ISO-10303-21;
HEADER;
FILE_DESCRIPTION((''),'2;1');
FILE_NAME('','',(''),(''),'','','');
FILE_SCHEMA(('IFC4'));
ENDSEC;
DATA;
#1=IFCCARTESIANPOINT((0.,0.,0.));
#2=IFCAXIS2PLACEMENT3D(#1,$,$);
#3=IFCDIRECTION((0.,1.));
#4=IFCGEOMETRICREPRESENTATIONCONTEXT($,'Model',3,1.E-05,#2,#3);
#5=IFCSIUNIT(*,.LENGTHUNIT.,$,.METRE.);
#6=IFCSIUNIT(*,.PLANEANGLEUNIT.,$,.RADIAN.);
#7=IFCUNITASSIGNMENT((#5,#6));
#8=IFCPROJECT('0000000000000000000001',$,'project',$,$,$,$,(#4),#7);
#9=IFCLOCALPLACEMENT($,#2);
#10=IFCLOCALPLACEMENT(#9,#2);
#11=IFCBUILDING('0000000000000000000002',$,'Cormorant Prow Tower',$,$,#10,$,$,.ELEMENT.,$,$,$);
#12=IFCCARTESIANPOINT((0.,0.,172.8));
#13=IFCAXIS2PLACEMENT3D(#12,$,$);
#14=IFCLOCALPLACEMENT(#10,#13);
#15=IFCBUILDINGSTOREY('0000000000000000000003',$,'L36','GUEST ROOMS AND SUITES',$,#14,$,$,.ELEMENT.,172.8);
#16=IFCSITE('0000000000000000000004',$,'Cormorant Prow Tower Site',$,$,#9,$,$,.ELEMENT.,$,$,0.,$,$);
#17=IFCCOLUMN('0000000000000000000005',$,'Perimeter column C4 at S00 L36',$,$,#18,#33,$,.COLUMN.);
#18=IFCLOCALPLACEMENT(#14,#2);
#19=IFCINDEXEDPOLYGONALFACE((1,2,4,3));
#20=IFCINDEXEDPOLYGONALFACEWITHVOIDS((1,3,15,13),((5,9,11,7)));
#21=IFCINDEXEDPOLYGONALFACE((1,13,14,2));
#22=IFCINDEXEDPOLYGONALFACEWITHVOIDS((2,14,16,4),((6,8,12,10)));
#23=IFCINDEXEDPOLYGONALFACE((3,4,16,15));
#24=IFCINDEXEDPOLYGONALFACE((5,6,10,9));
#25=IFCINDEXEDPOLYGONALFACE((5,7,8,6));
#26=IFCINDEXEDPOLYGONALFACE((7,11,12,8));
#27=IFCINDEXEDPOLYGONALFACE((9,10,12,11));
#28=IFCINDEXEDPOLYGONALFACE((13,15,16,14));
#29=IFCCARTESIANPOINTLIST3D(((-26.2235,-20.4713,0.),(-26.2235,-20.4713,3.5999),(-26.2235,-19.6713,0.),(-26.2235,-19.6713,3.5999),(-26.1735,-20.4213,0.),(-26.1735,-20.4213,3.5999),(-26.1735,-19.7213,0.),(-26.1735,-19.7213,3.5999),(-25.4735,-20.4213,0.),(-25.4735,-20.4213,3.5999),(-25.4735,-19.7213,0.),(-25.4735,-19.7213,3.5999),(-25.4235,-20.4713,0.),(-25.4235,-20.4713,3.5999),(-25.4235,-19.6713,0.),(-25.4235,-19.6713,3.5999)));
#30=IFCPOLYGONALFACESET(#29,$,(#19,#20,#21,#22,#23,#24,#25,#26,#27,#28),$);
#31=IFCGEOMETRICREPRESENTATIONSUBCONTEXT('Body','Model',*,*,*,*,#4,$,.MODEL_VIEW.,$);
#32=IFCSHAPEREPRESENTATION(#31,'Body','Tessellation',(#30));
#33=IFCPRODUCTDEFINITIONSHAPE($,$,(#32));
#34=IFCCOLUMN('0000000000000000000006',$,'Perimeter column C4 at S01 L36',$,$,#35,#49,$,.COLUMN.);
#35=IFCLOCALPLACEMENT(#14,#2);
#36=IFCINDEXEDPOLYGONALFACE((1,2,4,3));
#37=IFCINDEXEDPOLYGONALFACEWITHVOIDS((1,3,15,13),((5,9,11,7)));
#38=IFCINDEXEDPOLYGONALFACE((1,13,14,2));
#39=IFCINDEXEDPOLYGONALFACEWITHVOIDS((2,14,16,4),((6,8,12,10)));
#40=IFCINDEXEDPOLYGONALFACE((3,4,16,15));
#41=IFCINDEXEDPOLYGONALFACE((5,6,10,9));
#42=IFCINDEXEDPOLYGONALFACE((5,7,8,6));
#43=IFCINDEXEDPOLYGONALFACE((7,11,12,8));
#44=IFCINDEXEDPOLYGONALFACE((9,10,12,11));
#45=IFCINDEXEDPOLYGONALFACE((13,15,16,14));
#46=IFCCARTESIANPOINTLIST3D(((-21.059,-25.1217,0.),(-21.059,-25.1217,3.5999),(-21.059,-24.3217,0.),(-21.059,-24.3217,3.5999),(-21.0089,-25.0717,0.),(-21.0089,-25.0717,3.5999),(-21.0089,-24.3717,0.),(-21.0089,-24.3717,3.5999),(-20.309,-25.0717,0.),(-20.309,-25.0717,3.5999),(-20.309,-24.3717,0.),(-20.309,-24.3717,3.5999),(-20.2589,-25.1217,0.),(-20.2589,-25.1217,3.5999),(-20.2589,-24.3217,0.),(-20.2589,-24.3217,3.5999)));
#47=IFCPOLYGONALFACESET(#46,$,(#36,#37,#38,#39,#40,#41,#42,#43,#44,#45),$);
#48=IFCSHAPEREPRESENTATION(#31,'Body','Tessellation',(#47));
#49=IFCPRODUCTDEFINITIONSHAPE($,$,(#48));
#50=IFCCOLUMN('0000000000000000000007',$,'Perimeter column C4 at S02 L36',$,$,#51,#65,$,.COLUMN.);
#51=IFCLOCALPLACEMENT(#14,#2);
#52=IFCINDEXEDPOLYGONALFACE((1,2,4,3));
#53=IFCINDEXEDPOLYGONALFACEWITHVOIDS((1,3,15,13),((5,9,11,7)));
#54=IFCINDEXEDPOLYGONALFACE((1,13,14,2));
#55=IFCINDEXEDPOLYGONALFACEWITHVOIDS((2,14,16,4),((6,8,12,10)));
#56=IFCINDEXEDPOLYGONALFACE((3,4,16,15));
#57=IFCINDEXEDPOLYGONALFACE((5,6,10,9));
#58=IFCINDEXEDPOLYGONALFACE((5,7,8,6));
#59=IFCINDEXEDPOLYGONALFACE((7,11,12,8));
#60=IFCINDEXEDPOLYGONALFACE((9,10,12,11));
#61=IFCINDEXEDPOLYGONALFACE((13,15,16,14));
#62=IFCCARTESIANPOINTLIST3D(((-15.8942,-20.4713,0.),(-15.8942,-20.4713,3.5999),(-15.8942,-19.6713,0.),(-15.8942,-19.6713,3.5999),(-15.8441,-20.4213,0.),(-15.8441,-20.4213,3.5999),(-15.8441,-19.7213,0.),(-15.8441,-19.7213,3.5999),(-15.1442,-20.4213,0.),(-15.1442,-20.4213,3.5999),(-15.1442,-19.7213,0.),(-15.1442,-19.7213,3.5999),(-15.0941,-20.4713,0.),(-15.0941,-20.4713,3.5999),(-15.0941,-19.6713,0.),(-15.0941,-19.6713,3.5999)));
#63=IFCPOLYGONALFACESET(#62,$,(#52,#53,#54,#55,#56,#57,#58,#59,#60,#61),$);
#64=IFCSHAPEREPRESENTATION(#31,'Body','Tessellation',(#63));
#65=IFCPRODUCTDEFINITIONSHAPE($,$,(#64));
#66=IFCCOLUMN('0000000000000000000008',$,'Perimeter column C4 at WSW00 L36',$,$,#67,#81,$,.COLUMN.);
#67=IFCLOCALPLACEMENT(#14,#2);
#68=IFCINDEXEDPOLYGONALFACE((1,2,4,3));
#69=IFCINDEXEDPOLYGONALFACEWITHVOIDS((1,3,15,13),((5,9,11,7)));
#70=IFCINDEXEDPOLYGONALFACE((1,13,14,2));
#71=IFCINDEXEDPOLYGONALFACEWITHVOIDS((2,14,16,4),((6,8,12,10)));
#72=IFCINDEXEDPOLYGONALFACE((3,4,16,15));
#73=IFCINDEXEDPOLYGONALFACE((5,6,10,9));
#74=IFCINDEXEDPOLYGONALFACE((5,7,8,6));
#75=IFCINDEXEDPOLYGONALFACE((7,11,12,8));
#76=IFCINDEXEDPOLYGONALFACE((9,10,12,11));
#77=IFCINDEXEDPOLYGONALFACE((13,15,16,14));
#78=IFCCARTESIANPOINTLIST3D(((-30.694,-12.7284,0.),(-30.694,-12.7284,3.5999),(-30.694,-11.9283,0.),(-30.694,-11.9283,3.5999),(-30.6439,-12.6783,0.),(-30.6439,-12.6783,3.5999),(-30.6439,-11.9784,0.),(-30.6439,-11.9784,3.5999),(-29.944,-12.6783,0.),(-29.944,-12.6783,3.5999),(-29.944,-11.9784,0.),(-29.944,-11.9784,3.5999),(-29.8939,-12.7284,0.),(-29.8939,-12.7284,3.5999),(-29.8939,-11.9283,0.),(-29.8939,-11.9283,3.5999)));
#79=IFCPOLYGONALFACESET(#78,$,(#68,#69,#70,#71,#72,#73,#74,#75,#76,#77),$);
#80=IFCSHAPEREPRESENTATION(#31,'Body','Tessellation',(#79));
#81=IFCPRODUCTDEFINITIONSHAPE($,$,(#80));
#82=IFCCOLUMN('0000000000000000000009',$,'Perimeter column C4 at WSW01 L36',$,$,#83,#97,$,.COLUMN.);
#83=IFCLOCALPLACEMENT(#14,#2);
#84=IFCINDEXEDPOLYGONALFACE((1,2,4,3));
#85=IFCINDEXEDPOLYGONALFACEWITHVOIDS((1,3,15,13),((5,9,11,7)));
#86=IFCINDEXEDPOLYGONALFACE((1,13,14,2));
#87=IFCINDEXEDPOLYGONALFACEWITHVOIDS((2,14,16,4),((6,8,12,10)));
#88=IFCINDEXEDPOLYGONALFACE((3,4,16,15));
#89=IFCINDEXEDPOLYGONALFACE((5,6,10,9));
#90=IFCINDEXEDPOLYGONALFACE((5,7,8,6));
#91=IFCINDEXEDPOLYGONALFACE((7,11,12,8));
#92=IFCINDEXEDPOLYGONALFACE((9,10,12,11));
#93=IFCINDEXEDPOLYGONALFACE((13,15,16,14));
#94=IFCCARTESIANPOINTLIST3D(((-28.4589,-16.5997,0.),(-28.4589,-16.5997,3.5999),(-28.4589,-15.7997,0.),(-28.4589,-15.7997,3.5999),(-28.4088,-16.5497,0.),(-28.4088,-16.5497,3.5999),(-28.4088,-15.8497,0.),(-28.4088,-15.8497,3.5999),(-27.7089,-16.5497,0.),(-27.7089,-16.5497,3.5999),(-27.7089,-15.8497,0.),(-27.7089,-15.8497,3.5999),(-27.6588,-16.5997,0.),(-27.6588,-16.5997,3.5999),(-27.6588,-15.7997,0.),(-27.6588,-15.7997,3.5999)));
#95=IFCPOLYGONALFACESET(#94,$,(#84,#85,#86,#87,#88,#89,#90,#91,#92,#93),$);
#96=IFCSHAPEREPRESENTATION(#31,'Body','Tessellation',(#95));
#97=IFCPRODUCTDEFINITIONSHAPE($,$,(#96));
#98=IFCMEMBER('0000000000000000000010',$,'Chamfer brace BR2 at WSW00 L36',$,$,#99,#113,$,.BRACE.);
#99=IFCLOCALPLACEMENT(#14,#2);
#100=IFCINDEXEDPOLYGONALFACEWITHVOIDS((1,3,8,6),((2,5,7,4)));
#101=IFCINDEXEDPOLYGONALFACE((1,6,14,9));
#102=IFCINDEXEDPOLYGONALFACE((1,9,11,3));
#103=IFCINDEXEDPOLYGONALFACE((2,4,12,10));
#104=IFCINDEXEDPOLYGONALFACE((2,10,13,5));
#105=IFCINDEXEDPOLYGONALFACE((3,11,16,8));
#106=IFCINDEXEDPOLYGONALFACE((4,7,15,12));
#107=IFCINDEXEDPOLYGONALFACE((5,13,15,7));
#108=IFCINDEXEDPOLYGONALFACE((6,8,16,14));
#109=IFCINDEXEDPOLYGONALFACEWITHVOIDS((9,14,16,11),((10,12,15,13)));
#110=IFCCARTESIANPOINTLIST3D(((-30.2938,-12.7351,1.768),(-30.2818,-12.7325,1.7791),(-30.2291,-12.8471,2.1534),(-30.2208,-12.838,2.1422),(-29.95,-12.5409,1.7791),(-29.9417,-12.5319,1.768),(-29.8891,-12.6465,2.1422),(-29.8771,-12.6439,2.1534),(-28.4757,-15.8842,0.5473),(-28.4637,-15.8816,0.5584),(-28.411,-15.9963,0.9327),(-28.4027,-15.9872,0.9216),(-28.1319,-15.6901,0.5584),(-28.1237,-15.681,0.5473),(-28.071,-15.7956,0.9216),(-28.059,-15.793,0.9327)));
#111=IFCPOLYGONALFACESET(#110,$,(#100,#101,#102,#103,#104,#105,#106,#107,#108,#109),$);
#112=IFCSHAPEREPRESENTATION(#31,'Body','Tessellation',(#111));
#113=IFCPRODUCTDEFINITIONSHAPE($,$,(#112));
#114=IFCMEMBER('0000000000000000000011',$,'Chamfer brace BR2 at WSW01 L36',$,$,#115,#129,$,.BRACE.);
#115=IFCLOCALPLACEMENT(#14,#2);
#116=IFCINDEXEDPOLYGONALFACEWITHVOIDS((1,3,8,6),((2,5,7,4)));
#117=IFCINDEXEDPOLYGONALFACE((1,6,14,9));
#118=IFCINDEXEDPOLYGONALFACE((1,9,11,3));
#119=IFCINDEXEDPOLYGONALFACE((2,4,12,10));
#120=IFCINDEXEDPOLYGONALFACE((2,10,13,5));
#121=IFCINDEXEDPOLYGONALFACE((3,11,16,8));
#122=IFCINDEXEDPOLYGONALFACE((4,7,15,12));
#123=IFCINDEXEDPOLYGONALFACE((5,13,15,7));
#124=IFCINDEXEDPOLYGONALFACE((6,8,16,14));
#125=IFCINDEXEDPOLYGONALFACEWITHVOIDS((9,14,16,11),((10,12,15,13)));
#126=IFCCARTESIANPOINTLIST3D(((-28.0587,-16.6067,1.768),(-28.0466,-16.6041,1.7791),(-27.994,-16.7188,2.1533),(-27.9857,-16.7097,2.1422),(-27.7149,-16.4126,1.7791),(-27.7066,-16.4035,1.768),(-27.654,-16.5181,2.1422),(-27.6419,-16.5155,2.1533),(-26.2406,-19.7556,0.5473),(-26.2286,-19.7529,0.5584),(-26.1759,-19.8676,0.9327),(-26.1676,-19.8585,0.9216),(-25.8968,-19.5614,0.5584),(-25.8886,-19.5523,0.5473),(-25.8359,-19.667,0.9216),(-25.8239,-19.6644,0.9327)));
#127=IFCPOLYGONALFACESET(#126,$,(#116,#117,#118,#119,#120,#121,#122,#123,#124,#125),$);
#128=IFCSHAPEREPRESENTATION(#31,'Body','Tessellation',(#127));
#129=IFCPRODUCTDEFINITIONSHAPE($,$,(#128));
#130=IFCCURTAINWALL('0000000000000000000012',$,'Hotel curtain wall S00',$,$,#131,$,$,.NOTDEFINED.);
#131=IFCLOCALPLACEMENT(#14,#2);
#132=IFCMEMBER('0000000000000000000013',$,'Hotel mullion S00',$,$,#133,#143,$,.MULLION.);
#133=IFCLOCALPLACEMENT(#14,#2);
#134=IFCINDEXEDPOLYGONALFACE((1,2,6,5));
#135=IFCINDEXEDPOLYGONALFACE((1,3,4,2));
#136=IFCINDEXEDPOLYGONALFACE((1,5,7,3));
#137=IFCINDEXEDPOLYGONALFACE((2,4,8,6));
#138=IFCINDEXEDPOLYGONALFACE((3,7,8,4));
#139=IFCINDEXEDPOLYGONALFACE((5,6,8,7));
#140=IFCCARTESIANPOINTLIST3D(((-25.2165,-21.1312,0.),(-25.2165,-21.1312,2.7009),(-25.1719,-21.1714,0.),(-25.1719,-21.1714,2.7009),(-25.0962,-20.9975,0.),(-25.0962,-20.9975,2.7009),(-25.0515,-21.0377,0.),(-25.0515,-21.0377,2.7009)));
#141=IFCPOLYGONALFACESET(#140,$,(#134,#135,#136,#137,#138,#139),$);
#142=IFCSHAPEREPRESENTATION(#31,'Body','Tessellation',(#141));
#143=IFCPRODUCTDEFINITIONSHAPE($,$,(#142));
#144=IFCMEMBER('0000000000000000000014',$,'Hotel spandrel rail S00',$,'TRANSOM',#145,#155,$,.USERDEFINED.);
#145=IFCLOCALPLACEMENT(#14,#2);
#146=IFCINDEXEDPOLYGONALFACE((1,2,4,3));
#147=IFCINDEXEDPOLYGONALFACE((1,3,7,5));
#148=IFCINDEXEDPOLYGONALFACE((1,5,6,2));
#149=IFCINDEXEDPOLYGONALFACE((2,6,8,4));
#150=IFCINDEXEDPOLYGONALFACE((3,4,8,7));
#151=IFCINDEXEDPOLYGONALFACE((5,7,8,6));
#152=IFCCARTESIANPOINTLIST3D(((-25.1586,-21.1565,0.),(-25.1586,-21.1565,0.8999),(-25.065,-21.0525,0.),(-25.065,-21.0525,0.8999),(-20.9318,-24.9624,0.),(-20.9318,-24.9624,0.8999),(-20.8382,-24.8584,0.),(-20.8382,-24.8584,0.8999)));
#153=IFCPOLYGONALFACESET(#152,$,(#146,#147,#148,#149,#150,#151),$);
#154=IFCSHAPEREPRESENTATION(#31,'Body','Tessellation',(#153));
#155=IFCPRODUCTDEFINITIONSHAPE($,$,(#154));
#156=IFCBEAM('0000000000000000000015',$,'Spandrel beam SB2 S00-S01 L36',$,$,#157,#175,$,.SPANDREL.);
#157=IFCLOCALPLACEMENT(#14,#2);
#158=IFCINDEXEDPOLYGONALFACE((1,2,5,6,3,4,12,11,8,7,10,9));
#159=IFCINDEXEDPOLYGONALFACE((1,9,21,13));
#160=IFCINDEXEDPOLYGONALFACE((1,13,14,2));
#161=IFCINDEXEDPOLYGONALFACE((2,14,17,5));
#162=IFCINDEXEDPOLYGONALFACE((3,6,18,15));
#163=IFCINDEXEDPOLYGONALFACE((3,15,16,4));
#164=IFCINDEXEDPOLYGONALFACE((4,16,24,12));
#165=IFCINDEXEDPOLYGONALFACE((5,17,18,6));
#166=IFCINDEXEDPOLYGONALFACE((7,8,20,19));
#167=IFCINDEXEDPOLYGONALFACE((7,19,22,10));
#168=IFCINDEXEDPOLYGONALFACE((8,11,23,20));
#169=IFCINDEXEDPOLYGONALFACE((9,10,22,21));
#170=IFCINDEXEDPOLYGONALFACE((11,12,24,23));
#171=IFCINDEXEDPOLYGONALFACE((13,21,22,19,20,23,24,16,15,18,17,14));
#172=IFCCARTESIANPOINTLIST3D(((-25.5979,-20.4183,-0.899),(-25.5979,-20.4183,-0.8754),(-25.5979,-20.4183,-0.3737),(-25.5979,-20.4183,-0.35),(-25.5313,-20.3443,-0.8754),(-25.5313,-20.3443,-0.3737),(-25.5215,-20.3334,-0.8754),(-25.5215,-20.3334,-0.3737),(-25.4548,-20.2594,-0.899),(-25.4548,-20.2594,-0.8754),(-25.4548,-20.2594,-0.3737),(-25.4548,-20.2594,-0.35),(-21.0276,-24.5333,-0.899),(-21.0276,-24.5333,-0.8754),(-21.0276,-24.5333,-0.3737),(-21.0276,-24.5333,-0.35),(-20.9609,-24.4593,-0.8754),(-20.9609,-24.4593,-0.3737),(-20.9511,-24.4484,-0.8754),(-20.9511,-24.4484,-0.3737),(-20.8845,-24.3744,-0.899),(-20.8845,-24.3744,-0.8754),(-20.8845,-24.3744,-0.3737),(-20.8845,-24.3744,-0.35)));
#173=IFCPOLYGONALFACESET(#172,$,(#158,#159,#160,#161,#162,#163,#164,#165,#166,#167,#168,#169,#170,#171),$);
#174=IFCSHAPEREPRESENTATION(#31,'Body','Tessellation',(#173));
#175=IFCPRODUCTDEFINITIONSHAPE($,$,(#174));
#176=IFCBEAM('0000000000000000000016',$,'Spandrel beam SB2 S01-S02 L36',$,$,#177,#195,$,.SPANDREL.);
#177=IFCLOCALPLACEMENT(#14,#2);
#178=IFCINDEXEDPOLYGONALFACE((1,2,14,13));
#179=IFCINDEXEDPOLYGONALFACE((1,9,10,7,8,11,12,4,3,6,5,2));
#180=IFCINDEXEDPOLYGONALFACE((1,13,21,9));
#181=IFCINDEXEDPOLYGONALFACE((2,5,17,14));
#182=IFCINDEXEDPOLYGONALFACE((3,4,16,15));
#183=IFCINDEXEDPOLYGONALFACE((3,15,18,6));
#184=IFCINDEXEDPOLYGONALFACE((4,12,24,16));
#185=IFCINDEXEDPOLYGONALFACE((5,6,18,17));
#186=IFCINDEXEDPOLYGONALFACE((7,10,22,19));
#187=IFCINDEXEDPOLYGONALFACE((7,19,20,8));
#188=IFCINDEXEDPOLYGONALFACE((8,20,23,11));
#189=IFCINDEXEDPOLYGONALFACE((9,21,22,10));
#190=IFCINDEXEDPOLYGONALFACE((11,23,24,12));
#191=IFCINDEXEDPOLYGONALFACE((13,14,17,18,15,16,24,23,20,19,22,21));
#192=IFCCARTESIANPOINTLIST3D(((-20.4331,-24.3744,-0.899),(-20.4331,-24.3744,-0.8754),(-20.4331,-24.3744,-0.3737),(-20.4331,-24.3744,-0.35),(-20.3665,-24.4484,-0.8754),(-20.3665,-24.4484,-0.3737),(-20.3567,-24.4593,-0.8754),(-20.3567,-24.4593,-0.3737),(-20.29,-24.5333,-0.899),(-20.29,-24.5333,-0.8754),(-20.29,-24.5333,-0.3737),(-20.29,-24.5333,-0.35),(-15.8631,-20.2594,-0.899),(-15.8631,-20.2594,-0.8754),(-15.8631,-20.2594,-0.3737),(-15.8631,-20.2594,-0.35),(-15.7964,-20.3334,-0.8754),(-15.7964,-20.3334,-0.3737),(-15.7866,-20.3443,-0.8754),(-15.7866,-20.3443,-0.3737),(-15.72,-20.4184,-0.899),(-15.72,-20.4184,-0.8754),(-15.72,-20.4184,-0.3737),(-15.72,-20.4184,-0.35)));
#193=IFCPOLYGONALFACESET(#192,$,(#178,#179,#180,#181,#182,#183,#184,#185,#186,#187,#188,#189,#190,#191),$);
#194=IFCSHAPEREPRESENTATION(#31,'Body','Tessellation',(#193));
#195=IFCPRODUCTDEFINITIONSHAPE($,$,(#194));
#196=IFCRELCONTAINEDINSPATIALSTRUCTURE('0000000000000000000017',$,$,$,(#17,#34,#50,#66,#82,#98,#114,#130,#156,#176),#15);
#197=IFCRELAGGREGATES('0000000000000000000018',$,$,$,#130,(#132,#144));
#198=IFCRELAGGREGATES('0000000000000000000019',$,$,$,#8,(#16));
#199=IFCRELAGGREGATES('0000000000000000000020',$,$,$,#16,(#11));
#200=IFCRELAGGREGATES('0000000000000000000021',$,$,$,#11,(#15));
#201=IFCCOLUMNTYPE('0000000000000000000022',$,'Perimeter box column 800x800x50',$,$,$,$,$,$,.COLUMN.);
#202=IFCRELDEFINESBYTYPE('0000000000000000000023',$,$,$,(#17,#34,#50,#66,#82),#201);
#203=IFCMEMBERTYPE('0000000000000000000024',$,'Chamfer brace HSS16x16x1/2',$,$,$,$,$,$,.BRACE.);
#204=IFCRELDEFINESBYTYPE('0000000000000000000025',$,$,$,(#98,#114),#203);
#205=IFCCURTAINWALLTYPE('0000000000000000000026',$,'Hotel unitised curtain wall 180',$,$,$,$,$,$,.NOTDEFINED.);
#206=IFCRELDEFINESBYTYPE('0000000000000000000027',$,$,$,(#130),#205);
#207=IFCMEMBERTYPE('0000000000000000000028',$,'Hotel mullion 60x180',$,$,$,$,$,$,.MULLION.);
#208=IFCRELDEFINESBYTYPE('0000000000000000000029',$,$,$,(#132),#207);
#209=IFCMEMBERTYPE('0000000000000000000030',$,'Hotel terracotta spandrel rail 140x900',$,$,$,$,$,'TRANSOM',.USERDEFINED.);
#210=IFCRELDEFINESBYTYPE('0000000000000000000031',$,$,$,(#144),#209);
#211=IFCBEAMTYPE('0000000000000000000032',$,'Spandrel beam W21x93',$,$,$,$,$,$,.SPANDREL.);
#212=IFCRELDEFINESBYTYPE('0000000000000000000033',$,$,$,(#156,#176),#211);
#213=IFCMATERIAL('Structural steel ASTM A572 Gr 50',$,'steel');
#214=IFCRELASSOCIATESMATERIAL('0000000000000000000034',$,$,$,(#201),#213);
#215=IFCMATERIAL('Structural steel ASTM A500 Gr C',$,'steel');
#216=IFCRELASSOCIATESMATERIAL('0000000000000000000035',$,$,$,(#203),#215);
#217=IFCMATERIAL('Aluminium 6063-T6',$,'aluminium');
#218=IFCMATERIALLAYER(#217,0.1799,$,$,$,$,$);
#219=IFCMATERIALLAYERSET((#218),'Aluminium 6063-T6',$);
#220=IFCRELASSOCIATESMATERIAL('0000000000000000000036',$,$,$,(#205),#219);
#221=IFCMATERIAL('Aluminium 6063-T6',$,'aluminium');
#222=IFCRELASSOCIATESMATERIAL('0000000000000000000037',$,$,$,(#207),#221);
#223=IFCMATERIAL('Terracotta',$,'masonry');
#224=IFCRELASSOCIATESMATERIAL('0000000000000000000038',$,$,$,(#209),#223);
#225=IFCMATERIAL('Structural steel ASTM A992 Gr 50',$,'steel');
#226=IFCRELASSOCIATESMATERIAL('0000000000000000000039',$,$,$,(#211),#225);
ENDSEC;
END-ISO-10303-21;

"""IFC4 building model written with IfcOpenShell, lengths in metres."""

from ifc_helpers import new_model, si_unit, direction, frame, origin, origin_2d, place, context, subcontext, project, spatial, rectangle, hollow_rectangle, i_section, extrude, material, layer, layer_set, material_profile, profile_set, type_object, element, aggregate, save


model = new_model("IFC4")

# Units and contexts
model_context = context("Model", 3, precision=1e-05, world=origin(), true_north=direction((0.0, 1.0)))
body_context = subcontext(model_context, "Body", "Model", "MODEL_VIEW")
ifc_project = project(units=[si_unit("LENGTHUNIT", "METRE"), si_unit("PLANEANGLEUNIT", "RADIAN")], contexts=[model_context])

# Site, building, storey
site_placement = place(None, origin())
site = spatial("IfcSite", under=ifc_project, at=site_placement, Name="Cormorant Prow Tower Site", CompositionType="ELEMENT", RefElevation=0.0)
building_placement = place(site_placement, origin())
building = spatial("IfcBuilding", under=site, at=building_placement, Name="Cormorant Prow Tower", CompositionType="ELEMENT")
storey_placement = place(building_placement, frame((0.0, 0.0, 172.8)))
storey = spatial("IfcBuildingStorey", under=building, at=storey_placement, Name="L36", Description="GUEST ROOMS AND SUITES", CompositionType="ELEMENT", Elevation=172.8)

# Columns
ifc_material_1 = material(Name="Structural steel ASTM A572 Gr 50", Category="steel")
ifc_material_profile_1 = material_profile(ifc_material_1, hollow_rectangle(XDim=0.8, YDim=0.8, WallThickness=0.05, at=origin_2d()), Name="Box 800x800x50")
ifc_profile_set_1 = profile_set([ifc_material_profile_1], Name="Structural steel ASTM A572 Gr 50")
column_type = type_object("IfcColumnType", Name="Perimeter box column 800x800x50", PredefinedType="COLUMN", material=ifc_profile_set_1)
for number, where, z_axis, x_axis, name in (
    (1, (-25.8235, -20.0713, 0.0), (0.0, 0.0, 1.0), (1.0, 0.0, 0.0), "Perimeter column C4 at S00 L36"),
    (2, (-20.6589, -24.7217, 0.0), (0.0, 0.0, 1.0), (1.0, 0.0, 0.0), "Perimeter column C4 at S01 L36"),
    (3, (-15.4941, -20.0713, 0.0), (0.0, 0.0, 1.0), (1.0, 0.0, 0.0), "Perimeter column C4 at S02 L36"),
    (4, (-30.2939, -12.3284, 0.0), (0.0, 0.0, 1.0), (1.0, 0.0, 0.0), "Perimeter column C4 at WSW00 L36"),
    (5, (-28.0588, -16.1997, 0.0), (0.0, 0.0, 1.0), (1.0, 0.0, 0.0), "Perimeter column C4 at WSW01 L36"),
):
    element("IfcColumn", number, at=place(storey_placement, frame(where, z_axis=z_axis, x_axis=x_axis)), inside=storey, type_object=column_type, Name=name, PredefinedType="COLUMN", context=body_context, shape_type="SweptSolid", body=[
        extrude(hollow_rectangle(XDim=0.8, YDim=0.8, WallThickness=0.05, at=origin_2d()), origin(), (0.0, 0.0, 1.0), 3.5999),
    ])

# Members
ifc_material_2 = material(Name="Structural steel ASTM A500 Gr C", Category="steel")
ifc_material_profile_2 = material_profile(ifc_material_2, hollow_rectangle(XDim=0.4065, YDim=0.4065, WallThickness=0.0117, at=origin_2d()), Name="HSS16x16x1/2")
ifc_profile_set_2 = profile_set([ifc_material_profile_2], Name="Structural steel ASTM A500 Gr C")
member_type_1 = type_object("IfcMemberType", Name="Chamfer brace HSS16x16x1/2", PredefinedType="BRACE", material=ifc_profile_set_2)
member_1_placement = place(storey_placement, frame((-28.2673, -15.8386, 0.74), z_axis=(-0.473993, 0.821006, 0.318244), x_axis=(-0.866032, -0.499988, 0.0)))
element("IfcMember", 6, at=member_1_placement, inside=storey, type_object=member_type_1, Name="Chamfer brace BR2 at WSW00 L36", PredefinedType="BRACE", context=body_context, shape_type="SweptSolid", body=[
    extrude(hollow_rectangle(XDim=0.4065, YDim=0.4065, WallThickness=0.0117, at=origin_2d()), origin(), (0.0, 0.0, 1.0), 3.8357),
])
member_2_placement = place(storey_placement, frame((-26.0322, -19.71, 0.74), z_axis=(-0.474018, 0.820986, 0.318261), x_axis=(-0.866016, -0.500017, 0.0)))
element("IfcMember", 7, at=member_2_placement, inside=storey, type_object=member_type_1, Name="Chamfer brace BR2 at WSW01 L36", PredefinedType="BRACE", context=body_context, shape_type="SweptSolid", body=[
    extrude(hollow_rectangle(XDim=0.4065, YDim=0.4065, WallThickness=0.0117, at=origin_2d()), origin(), (0.0, 0.0, 1.0), 3.8354),
])

# Curtain wall, members
ifc_material_3 = material(Name="Aluminium 6063-T6", Category="aluminium")
ifc_layer_1 = layer(ifc_material_3, 0.1799)
ifc_layer_set_1 = layer_set([ifc_layer_1], Name="Aluminium 6063-T6")
curtain_wall_type = type_object("IfcCurtainWallType", Name="Hotel unitised curtain wall 180", PredefinedType="NOTDEFINED", material=ifc_layer_set_1)
curtain_wall_placement = place(storey_placement, origin())
curtain_wall = element("IfcCurtainWall", 8, at=curtain_wall_placement, inside=storey, type_object=curtain_wall_type, Name="Hotel curtain wall S00", PredefinedType="NOTDEFINED")
ifc_material_4 = material(Name="Aluminium 6063-T6", Category="aluminium")
ifc_material_profile_3 = material_profile(ifc_material_4, rectangle(XDim=0.1799, YDim=0.0601, at=origin_2d()), Name="Hotel mullion 60x180")
ifc_profile_set_3 = profile_set([ifc_material_profile_3], Name="Aluminium 6063-T6")
member_type_2 = type_object("IfcMemberType", Name="Hotel mullion 60x180", PredefinedType="MULLION", material=ifc_profile_set_3)
member_3_placement = place(storey_placement, frame((-25.134, -21.0845, 0.0), z_axis=(0.0, 0.0, 1.0), x_axis=(0.66913, 0.743145, 0.0)))
member_3 = element("IfcMember", 9, at=member_3_placement, type_object=member_type_2, Name="Hotel mullion S00", PredefinedType="MULLION", context=body_context, shape_type="SweptSolid", body=[
    extrude(rectangle(XDim=0.1799, YDim=0.0601, at=origin_2d()), origin(), (0.0, 0.0, 1.0), 2.7009),
])
ifc_material_5 = material(Name="Terracotta", Category="masonry")
ifc_material_profile_4 = material_profile(ifc_material_5, rectangle(XDim=0.1399, YDim=0.8999, at=origin_2d()), Name="Hotel terracotta spandrel rail 140x900")
ifc_profile_set_4 = profile_set([ifc_material_profile_4], Name="Terracotta")
member_type_3 = type_object("IfcMemberType", Name="Hotel terracotta spandrel rail 140x900", ElementType="TRANSOM", PredefinedType="USERDEFINED", material=ifc_profile_set_4)
member_4_placement = place(storey_placement, frame((-25.1118, -21.1045, 0.45), z_axis=(0.743138, -0.669138, 0.0), x_axis=(0.669138, 0.743138, 0.0)))
member_4 = element("IfcMember", 10, at=member_4_placement, type_object=member_type_3, Name="Hotel spandrel rail S00", ObjectType="TRANSOM", PredefinedType="USERDEFINED", context=body_context, shape_type="SweptSolid", body=[
    extrude(rectangle(XDim=0.1399, YDim=0.8999, at=origin_2d()), origin(), (0.0, 0.0, 1.0), 5.6877),
])

# Beams
ifc_material_6 = material(Name="Structural steel ASTM A992 Gr 50", Category="steel")
ifc_material_profile_5 = material_profile(ifc_material_6, i_section(OverallWidth=0.2139, OverallDepth=0.5491, WebThickness=0.0146, FlangeThickness=0.0237, at=origin_2d()), Name="W21x93")
ifc_profile_set_5 = profile_set([ifc_material_profile_5], Name="Structural steel ASTM A992 Gr 50")
beam_type = type_object("IfcBeamType", Name="Spandrel beam W21x93", PredefinedType="SPANDREL", material=ifc_profile_set_5)
beam_1_placement = place(storey_placement, frame((-25.5264, -20.3389, -0.6245), z_axis=(0.743156, -0.669118, 0.0), x_axis=(0.669118, 0.743156, 0.0)))
element("IfcBeam", 11, at=beam_1_placement, inside=storey, type_object=beam_type, Name="Spandrel beam SB2 S00-S01 L36", PredefinedType="SPANDREL", context=body_context, shape_type="SweptSolid", body=[
    extrude(i_section(OverallWidth=0.2139, OverallDepth=0.5491, WebThickness=0.0146, FlangeThickness=0.0237, at=origin_2d()), origin(), (0.0, 0.0, 1.0), 6.1499),
])
beam_2_placement = place(storey_placement, frame((-20.3616, -24.4539, -0.6245), z_axis=(0.743138, 0.669138, 0.0), x_axis=(-0.669138, 0.743138, 0.0)))
element("IfcBeam", 12, at=beam_2_placement, inside=storey, type_object=beam_type, Name="Spandrel beam SB2 S01-S02 L36", PredefinedType="SPANDREL", context=body_context, shape_type="SweptSolid", body=[
    extrude(i_section(OverallWidth=0.2139, OverallDepth=0.5491, WebThickness=0.0146, FlangeThickness=0.0237, at=origin_2d()), origin(), (0.0, 0.0, 1.0), 6.1497),
])

aggregate(curtain_wall, [member_3, member_4])

save(model, "model.ifc")
